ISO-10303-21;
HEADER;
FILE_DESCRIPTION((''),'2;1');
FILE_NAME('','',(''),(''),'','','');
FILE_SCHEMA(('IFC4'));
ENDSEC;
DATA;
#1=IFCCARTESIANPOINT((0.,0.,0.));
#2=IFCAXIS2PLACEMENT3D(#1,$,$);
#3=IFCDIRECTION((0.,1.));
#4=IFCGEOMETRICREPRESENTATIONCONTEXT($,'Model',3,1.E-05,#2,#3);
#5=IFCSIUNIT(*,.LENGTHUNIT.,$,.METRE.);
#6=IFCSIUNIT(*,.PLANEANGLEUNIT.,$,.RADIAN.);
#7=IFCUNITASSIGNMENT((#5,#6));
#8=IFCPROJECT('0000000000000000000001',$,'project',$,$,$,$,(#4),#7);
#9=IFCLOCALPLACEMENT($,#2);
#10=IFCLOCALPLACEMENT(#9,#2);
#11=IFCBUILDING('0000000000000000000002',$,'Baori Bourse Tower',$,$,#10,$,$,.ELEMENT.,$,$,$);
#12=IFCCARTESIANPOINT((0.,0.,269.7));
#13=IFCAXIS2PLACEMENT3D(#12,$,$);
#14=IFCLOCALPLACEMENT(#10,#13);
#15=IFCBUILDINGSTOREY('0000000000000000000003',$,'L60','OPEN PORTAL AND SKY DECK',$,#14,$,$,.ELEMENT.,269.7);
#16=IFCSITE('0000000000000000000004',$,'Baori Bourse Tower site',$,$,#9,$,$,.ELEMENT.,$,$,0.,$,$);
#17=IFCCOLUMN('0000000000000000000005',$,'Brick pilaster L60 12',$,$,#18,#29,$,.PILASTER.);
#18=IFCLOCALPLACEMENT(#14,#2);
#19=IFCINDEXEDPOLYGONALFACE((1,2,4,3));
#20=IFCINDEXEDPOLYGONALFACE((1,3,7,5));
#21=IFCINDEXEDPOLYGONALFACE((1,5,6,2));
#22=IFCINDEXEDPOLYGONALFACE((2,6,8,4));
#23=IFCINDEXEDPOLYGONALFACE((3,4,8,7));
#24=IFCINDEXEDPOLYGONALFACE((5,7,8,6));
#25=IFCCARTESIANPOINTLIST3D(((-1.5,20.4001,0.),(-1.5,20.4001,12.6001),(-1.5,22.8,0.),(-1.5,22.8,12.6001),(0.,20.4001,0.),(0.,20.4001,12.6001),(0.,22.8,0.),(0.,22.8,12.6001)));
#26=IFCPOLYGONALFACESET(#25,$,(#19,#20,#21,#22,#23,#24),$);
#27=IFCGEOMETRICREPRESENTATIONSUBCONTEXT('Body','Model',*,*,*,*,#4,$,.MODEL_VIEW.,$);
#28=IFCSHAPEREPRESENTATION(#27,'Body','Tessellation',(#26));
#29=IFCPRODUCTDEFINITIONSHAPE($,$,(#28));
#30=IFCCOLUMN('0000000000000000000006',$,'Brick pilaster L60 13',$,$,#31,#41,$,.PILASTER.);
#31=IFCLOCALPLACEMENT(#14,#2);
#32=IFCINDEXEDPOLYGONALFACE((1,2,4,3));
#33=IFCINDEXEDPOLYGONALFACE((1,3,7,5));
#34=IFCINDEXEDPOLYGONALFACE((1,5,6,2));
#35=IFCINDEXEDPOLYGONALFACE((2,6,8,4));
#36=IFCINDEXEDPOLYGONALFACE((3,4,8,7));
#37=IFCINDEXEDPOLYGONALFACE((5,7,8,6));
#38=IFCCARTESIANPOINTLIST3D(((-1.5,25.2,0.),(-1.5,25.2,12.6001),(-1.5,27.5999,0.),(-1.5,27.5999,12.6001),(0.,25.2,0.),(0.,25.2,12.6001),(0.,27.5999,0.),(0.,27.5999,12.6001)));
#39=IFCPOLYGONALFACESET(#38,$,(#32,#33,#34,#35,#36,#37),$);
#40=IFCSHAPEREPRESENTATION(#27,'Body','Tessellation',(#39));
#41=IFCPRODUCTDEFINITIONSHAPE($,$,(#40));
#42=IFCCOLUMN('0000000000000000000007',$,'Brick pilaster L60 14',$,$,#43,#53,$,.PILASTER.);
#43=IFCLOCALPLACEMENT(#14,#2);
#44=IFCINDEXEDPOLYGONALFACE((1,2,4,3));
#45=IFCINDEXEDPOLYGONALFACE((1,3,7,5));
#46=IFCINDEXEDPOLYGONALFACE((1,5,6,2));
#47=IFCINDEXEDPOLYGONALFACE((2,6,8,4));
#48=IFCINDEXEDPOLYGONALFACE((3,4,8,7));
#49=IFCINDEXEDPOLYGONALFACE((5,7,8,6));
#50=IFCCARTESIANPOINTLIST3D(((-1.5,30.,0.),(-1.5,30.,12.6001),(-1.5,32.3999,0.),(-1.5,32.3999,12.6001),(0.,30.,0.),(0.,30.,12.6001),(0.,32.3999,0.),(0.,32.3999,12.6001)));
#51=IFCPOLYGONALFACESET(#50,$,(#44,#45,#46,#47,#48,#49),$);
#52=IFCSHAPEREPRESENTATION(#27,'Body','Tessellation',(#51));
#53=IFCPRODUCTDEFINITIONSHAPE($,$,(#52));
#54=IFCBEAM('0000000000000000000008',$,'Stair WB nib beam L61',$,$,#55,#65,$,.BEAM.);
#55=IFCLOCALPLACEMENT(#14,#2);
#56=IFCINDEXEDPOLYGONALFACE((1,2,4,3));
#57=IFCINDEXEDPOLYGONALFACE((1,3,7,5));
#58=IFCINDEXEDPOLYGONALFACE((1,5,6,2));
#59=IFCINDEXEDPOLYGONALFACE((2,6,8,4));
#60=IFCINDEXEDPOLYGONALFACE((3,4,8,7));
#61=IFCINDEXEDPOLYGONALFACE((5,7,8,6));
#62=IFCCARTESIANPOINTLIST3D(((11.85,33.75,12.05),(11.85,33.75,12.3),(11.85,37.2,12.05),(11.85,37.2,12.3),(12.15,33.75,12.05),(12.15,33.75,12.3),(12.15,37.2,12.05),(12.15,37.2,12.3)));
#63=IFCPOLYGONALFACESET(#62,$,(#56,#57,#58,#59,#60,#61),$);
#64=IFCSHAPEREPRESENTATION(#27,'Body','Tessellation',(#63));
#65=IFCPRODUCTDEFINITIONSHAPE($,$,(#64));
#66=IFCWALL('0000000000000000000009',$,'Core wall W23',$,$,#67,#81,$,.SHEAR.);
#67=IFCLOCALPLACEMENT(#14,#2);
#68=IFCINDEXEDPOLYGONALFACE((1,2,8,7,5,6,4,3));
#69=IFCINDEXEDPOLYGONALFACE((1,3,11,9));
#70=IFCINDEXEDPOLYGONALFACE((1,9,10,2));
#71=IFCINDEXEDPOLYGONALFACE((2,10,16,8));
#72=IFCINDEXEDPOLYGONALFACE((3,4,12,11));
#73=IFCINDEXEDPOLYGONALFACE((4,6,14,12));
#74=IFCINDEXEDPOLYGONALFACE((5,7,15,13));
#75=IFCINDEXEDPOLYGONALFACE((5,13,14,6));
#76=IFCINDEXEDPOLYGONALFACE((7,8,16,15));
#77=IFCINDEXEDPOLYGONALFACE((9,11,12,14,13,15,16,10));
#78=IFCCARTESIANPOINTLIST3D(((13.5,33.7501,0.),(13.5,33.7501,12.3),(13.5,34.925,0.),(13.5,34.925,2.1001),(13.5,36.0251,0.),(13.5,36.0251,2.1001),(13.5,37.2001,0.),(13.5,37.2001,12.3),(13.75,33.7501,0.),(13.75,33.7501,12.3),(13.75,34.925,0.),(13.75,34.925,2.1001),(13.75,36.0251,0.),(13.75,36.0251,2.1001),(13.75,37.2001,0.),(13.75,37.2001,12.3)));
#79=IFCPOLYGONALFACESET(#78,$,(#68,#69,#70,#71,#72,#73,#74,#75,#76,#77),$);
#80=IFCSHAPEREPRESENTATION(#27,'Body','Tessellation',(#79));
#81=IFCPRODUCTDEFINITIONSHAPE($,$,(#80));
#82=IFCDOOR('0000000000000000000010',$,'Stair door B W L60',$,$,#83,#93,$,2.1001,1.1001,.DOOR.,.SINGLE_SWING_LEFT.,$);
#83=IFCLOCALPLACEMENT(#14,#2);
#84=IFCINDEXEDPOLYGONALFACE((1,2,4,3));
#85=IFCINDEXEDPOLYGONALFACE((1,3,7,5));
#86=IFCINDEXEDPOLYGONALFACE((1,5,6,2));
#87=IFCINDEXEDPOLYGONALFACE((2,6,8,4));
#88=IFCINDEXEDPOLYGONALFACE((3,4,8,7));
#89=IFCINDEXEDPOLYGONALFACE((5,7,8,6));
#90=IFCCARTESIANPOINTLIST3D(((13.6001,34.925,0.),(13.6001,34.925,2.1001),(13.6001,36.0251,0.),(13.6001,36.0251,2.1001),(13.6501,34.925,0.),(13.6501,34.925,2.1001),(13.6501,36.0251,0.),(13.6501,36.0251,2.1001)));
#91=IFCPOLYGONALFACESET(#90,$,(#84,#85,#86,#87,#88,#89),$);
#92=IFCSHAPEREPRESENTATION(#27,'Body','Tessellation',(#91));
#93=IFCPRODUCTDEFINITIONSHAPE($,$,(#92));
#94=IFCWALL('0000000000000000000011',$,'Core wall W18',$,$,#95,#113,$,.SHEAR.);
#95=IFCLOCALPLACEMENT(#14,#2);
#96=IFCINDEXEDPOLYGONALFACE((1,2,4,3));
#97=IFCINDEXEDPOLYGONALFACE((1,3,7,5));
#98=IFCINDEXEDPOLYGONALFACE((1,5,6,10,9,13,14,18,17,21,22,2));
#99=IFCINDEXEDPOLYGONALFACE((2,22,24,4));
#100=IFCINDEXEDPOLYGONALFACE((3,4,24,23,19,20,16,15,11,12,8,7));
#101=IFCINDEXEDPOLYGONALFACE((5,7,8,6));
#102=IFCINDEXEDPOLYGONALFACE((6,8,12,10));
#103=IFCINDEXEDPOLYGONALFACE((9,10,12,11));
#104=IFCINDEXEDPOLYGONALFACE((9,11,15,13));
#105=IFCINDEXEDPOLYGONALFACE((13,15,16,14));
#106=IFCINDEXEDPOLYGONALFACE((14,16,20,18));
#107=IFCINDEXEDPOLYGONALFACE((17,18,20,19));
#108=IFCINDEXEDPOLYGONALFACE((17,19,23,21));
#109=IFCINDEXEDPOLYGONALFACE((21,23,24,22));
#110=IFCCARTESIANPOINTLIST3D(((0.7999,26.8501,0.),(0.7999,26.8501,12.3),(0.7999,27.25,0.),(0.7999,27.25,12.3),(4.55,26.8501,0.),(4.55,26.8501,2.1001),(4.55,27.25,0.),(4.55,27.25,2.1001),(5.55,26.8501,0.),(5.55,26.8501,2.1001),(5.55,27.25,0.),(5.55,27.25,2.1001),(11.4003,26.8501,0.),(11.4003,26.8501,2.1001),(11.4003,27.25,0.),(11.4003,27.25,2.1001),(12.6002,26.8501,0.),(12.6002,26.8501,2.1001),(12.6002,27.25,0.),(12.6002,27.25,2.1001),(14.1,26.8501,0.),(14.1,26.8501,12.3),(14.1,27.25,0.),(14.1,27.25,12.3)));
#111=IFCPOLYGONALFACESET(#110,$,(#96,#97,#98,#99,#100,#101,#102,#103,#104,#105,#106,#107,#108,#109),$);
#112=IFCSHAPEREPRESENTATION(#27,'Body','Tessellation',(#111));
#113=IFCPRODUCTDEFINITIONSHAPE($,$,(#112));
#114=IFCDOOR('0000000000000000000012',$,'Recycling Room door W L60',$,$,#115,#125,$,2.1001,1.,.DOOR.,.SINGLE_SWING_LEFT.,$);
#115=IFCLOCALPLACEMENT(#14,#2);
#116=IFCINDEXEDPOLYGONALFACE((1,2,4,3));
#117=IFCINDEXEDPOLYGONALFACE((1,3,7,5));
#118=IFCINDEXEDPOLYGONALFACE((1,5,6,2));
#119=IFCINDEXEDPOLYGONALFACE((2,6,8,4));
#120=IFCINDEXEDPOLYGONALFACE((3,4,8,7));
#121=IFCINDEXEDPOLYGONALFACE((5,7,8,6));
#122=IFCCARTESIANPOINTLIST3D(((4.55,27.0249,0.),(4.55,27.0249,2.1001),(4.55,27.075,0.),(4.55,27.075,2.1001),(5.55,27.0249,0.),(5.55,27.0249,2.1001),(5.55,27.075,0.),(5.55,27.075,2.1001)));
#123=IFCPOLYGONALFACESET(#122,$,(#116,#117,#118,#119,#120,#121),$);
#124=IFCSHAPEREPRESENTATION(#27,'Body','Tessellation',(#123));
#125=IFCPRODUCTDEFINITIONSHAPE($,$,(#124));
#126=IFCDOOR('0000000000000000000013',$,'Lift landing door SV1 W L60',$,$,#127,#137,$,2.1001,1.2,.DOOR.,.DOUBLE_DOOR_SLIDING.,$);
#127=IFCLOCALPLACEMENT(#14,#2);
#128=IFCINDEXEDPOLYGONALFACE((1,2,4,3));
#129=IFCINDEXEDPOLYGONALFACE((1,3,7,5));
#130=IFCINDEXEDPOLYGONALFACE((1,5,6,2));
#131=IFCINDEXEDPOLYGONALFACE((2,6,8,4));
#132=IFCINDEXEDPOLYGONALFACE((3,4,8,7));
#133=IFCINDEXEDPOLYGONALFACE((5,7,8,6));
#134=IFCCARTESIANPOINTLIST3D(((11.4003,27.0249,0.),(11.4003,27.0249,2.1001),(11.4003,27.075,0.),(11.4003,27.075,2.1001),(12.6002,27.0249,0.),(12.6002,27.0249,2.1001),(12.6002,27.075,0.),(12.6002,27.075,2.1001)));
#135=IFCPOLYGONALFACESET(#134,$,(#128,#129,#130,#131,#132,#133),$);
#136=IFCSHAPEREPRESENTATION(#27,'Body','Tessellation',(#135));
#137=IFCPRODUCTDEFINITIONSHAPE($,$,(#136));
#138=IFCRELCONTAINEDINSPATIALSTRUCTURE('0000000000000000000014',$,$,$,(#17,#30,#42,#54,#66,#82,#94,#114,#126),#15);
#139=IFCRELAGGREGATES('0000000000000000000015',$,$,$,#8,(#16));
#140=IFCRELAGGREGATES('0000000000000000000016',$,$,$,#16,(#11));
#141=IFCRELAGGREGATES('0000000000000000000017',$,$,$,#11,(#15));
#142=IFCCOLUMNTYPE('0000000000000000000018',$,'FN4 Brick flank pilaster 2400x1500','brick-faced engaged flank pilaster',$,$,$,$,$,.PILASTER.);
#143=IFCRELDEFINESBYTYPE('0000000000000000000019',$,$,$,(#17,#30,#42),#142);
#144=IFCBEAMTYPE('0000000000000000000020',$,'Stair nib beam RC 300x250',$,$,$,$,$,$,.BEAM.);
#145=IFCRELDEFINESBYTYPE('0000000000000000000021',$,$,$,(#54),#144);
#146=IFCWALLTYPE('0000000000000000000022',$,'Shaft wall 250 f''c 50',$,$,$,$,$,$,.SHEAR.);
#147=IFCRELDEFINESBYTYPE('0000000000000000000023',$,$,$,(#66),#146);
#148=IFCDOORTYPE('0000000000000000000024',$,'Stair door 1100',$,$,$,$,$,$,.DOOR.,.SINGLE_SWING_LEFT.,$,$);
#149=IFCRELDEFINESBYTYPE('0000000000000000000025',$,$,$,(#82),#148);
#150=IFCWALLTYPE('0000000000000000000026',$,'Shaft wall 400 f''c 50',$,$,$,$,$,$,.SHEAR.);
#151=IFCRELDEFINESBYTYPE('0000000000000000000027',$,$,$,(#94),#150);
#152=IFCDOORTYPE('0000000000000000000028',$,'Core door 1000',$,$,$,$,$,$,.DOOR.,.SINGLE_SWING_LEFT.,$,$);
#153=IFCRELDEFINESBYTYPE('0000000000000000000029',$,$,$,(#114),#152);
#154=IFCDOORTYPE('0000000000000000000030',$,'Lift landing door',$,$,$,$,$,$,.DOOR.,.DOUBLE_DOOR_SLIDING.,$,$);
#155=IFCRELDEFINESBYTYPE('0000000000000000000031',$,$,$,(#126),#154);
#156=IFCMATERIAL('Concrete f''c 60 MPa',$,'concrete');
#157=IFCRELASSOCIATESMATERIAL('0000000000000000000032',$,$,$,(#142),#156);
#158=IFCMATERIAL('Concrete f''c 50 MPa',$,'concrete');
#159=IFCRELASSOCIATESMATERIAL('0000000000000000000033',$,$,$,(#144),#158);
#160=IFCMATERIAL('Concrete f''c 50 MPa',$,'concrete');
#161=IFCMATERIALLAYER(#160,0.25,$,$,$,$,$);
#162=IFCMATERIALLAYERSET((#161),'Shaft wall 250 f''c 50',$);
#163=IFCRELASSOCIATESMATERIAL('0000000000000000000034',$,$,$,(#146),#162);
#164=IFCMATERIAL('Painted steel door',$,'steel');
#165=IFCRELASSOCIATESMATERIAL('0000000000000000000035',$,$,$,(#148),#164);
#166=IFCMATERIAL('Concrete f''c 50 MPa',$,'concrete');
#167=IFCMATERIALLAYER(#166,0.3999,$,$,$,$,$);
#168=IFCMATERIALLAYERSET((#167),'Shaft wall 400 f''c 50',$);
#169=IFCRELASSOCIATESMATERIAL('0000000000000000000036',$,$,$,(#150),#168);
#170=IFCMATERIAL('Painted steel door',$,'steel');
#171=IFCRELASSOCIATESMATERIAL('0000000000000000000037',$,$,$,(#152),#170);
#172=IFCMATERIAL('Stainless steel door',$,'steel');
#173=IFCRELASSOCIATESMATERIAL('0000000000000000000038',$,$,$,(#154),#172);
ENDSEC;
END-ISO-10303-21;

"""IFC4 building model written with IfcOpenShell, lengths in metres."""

from ifc_helpers import new_model, si_unit, direction, frame, frame_2d, origin, origin_2d, place, context, subcontext, project, spatial, rectangle, extrude, material, layer, layer_set, material_profile, profile_set, type_object, element, fill, save


model = new_model("IFC4")

# Units and contexts
model_context = context("Model", 3, precision=1e-05, world=origin(), true_north=direction((0.0, 1.0)))
body_context = subcontext(model_context, "Body", "Model", "MODEL_VIEW")
ifc_project = project(units=[si_unit("LENGTHUNIT", "METRE"), si_unit("PLANEANGLEUNIT", "RADIAN")], contexts=[model_context])

# Site, building, storey
site_placement = place(None, origin())
site = spatial("IfcSite", under=ifc_project, at=site_placement, Name="Baori Bourse Tower site", CompositionType="ELEMENT", RefElevation=0.0)
building_placement = place(site_placement, origin())
building = spatial("IfcBuilding", under=site, at=building_placement, Name="Baori Bourse Tower", CompositionType="ELEMENT")
storey_placement = place(building_placement, frame((0.0, 0.0, 269.7)))
storey = spatial("IfcBuildingStorey", under=building, at=storey_placement, Name="L60", Description="OPEN PORTAL AND SKY DECK", CompositionType="ELEMENT", Elevation=269.7)

# Columns
ifc_material_1 = material(Name="Concrete f'c 60 MPa", Category="concrete")
ifc_material_profile_1 = material_profile(ifc_material_1, rectangle(XDim=2.3999, YDim=1.5, at=origin_2d()), Name="RC 2400x1500")
ifc_profile_set_1 = profile_set([ifc_material_profile_1], Name="Concrete f'c 60 MPa")
column_type = type_object("IfcColumnType", Name="FN4 Brick flank pilaster 2400x1500", Description="brick-faced engaged flank pilaster", PredefinedType="PILASTER", material=ifc_profile_set_1)
for number, where, z_axis, x_axis, name in (
    (1, (-0.75, 21.6001, 0.0), (0.0, 0.0, 1.0), (0.0, 1.0, 0.0), "Brick pilaster L60 12"),
    (2, (-0.75, 26.3999, 0.0), (0.0, 0.0, 1.0), (0.0, 1.0, 0.0), "Brick pilaster L60 13"),
    (3, (-0.75, 31.2, 0.0), (0.0, 0.0, 1.0), (0.0, 1.0, 0.0), "Brick pilaster L60 14"),
):
    element("IfcColumn", number, at=place(storey_placement, frame(where, z_axis=z_axis, x_axis=x_axis)), inside=storey, type_object=column_type, Name=name, PredefinedType="PILASTER", context=body_context, shape_type="SweptSolid", body=[
        extrude(rectangle(XDim=2.3999, YDim=1.5, at=origin_2d()), origin(), (0.0, 0.0, 1.0), 12.6001),
    ])

# Beam
ifc_material_2 = material(Name="Concrete f'c 50 MPa", Category="concrete")
ifc_material_profile_2 = material_profile(ifc_material_2, rectangle(XDim=0.3, YDim=0.25, at=origin_2d()), Name="RC 300x250")
ifc_profile_set_2 = profile_set([ifc_material_profile_2], Name="Concrete f'c 50 MPa")
beam_type = type_object("IfcBeamType", Name="Stair nib beam RC 300x250", PredefinedType="BEAM", material=ifc_profile_set_2)
beam_placement = place(storey_placement, frame((12.0, 33.75, 12.175), z_axis=(0.0, 1.0, 0.0), x_axis=(-1.0, 0.0, 0.0)))
element("IfcBeam", 4, at=beam_placement, inside=storey, type_object=beam_type, Name="Stair WB nib beam L61", PredefinedType="BEAM", context=body_context, shape_type="SweptSolid", body=[
    extrude(rectangle(XDim=0.3, YDim=0.25, at=origin_2d()), origin(), (0.0, 0.0, 1.0), 3.45),
])

# Wall, opening, door
ifc_material_3 = material(Name="Concrete f'c 50 MPa", Category="concrete")
ifc_layer_1 = layer(ifc_material_3, 0.25)
ifc_layer_set_1 = layer_set([ifc_layer_1], Name="Shaft wall 250 f'c 50")
wall_type_1 = type_object("IfcWallType", Name="Shaft wall 250 f'c 50", PredefinedType="SHEAR", material=ifc_layer_set_1)
wall_1_placement = place(storey_placement, frame((13.625, 33.75, 0.0), z_axis=(0.0, 0.0, 1.0), x_axis=(0.0, 1.0, 0.0)))
wall_1 = element("IfcWall", 5, at=wall_1_placement, inside=storey, type_object=wall_type_1, Name="Core wall W23", PredefinedType="SHEAR", context=body_context, shape_type="SweptSolid", body=[
    extrude(rectangle(XDim=3.45, YDim=0.25, at=frame_2d((1.7251, 0.0))), origin(), (0.0, 0.0, 1.0), 12.3),
])
opening_1_placement = place(wall_1_placement, frame((1.175, 0.0, 0.0)))
opening_1 = element("IfcOpeningElement", 6, at=opening_1_placement, cuts=wall_1, PredefinedType="OPENING", context=body_context, shape_type="SweptSolid", body=[
    extrude(rectangle(XDim=1.1001, YDim=2.1001, at=frame_2d((0.55, 1.05))), frame((0.0, 0.135, 0.0), z_axis=(0.0, -1.0, 0.0), x_axis=(1.0, 0.0, 0.0)), (0.0, 0.0, 1.0), 0.27),
])
ifc_material_4 = material(Name="Painted steel door", Category="steel")
door_type_1 = type_object("IfcDoorType", Name="Stair door 1100", OperationType="SINGLE_SWING_LEFT", PredefinedType="DOOR", material=ifc_material_4)
door_1_placement = place(opening_1_placement, origin())
door_1 = element("IfcDoor", 7, at=door_1_placement, inside=storey, type_object=door_type_1, Name="Stair door B W L60", OperationType="SINGLE_SWING_LEFT", OverallHeight=2.1001, OverallWidth=1.1001, PredefinedType="DOOR", context=body_context, shape_type="SweptSolid", body=[
    extrude(rectangle(XDim=1.1001, YDim=2.1001, at=frame_2d((0.55, 1.05))), frame((0.0, 0.0249, 0.0), z_axis=(0.0, -1.0, 0.0), x_axis=(1.0, 0.0, 0.0)), (0.0, 0.0, 1.0), 0.05),
])
fill(opening_1, door_1)

# Wall, openings, doors
ifc_material_5 = material(Name="Concrete f'c 50 MPa", Category="concrete")
ifc_layer_2 = layer(ifc_material_5, 0.3999)
ifc_layer_set_2 = layer_set([ifc_layer_2], Name="Shaft wall 400 f'c 50")
wall_type_2 = type_object("IfcWallType", Name="Shaft wall 400 f'c 50", PredefinedType="SHEAR", material=ifc_layer_set_2)
wall_2_placement = place(storey_placement, frame((0.8, 27.05, 0.0), z_axis=(0.0, 0.0, 1.0), x_axis=(1.0, 0.0, 0.0)))
wall_2 = element("IfcWall", 8, at=wall_2_placement, inside=storey, type_object=wall_type_2, Name="Core wall W18", PredefinedType="SHEAR", context=body_context, shape_type="SweptSolid", body=[
    extrude(rectangle(XDim=13.3, YDim=0.3999, at=frame_2d((6.6499, 0.0))), origin(), (0.0, 0.0, 1.0), 12.3),
])
opening_2_placement = place(wall_2_placement, frame((3.75, 0.0, 0.0)))
opening_2 = element("IfcOpeningElement", 9, at=opening_2_placement, cuts=wall_2, PredefinedType="OPENING", context=body_context, shape_type="SweptSolid", body=[
    extrude(rectangle(XDim=1.0, YDim=2.1001, at=frame_2d((0.5, 1.05))), frame((0.0, 0.21, 0.0), z_axis=(0.0, -1.0, 0.0), x_axis=(1.0, 0.0, 0.0)), (0.0, 0.0, 1.0), 0.4199),
])
opening_3_placement = place(wall_2_placement, frame((10.6001, 0.0, 0.0)))
opening_3 = element("IfcOpeningElement", 10, at=opening_3_placement, cuts=wall_2, PredefinedType="OPENING", context=body_context, shape_type="SweptSolid", body=[
    extrude(rectangle(XDim=1.2, YDim=2.1001, at=frame_2d((0.6001, 1.05))), frame((0.0, 0.21, 0.0), z_axis=(0.0, -1.0, 0.0), x_axis=(1.0, 0.0, 0.0)), (0.0, 0.0, 1.0), 0.4199),
])
ifc_material_6 = material(Name="Painted steel door", Category="steel")
door_type_2 = type_object("IfcDoorType", Name="Core door 1000", OperationType="SINGLE_SWING_LEFT", PredefinedType="DOOR", material=ifc_material_6)
door_2_placement = place(opening_2_placement, origin())
door_2 = element("IfcDoor", 11, at=door_2_placement, inside=storey, type_object=door_type_2, Name="Recycling Room door W L60", OperationType="SINGLE_SWING_LEFT", OverallHeight=2.1001, OverallWidth=1.0, PredefinedType="DOOR", context=body_context, shape_type="SweptSolid", body=[
    extrude(rectangle(XDim=1.0, YDim=2.1001, at=frame_2d((0.5, 1.05))), frame((0.0, 0.0249, 0.0), z_axis=(0.0, -1.0, 0.0), x_axis=(1.0, 0.0, 0.0)), (0.0, 0.0, 1.0), 0.05),
])
fill(opening_2, door_2)
ifc_material_7 = material(Name="Stainless steel door", Category="steel")
door_type_3 = type_object("IfcDoorType", Name="Lift landing door", OperationType="DOUBLE_DOOR_SLIDING", PredefinedType="DOOR", material=ifc_material_7)
door_3_placement = place(opening_3_placement, origin())
door_3 = element("IfcDoor", 12, at=door_3_placement, inside=storey, type_object=door_type_3, Name="Lift landing door SV1 W L60", OperationType="DOUBLE_DOOR_SLIDING", OverallHeight=2.1001, OverallWidth=1.2, PredefinedType="DOOR", context=body_context, shape_type="SweptSolid", body=[
    extrude(rectangle(XDim=1.2, YDim=2.1001, at=frame_2d((0.6001, 1.05))), frame((0.0, 0.0249, 0.0), z_axis=(0.0, -1.0, 0.0), x_axis=(1.0, 0.0, 0.0)), (0.0, 0.0, 1.0), 0.05),
])
fill(opening_3, door_3)

save(model, "model.ifc")
